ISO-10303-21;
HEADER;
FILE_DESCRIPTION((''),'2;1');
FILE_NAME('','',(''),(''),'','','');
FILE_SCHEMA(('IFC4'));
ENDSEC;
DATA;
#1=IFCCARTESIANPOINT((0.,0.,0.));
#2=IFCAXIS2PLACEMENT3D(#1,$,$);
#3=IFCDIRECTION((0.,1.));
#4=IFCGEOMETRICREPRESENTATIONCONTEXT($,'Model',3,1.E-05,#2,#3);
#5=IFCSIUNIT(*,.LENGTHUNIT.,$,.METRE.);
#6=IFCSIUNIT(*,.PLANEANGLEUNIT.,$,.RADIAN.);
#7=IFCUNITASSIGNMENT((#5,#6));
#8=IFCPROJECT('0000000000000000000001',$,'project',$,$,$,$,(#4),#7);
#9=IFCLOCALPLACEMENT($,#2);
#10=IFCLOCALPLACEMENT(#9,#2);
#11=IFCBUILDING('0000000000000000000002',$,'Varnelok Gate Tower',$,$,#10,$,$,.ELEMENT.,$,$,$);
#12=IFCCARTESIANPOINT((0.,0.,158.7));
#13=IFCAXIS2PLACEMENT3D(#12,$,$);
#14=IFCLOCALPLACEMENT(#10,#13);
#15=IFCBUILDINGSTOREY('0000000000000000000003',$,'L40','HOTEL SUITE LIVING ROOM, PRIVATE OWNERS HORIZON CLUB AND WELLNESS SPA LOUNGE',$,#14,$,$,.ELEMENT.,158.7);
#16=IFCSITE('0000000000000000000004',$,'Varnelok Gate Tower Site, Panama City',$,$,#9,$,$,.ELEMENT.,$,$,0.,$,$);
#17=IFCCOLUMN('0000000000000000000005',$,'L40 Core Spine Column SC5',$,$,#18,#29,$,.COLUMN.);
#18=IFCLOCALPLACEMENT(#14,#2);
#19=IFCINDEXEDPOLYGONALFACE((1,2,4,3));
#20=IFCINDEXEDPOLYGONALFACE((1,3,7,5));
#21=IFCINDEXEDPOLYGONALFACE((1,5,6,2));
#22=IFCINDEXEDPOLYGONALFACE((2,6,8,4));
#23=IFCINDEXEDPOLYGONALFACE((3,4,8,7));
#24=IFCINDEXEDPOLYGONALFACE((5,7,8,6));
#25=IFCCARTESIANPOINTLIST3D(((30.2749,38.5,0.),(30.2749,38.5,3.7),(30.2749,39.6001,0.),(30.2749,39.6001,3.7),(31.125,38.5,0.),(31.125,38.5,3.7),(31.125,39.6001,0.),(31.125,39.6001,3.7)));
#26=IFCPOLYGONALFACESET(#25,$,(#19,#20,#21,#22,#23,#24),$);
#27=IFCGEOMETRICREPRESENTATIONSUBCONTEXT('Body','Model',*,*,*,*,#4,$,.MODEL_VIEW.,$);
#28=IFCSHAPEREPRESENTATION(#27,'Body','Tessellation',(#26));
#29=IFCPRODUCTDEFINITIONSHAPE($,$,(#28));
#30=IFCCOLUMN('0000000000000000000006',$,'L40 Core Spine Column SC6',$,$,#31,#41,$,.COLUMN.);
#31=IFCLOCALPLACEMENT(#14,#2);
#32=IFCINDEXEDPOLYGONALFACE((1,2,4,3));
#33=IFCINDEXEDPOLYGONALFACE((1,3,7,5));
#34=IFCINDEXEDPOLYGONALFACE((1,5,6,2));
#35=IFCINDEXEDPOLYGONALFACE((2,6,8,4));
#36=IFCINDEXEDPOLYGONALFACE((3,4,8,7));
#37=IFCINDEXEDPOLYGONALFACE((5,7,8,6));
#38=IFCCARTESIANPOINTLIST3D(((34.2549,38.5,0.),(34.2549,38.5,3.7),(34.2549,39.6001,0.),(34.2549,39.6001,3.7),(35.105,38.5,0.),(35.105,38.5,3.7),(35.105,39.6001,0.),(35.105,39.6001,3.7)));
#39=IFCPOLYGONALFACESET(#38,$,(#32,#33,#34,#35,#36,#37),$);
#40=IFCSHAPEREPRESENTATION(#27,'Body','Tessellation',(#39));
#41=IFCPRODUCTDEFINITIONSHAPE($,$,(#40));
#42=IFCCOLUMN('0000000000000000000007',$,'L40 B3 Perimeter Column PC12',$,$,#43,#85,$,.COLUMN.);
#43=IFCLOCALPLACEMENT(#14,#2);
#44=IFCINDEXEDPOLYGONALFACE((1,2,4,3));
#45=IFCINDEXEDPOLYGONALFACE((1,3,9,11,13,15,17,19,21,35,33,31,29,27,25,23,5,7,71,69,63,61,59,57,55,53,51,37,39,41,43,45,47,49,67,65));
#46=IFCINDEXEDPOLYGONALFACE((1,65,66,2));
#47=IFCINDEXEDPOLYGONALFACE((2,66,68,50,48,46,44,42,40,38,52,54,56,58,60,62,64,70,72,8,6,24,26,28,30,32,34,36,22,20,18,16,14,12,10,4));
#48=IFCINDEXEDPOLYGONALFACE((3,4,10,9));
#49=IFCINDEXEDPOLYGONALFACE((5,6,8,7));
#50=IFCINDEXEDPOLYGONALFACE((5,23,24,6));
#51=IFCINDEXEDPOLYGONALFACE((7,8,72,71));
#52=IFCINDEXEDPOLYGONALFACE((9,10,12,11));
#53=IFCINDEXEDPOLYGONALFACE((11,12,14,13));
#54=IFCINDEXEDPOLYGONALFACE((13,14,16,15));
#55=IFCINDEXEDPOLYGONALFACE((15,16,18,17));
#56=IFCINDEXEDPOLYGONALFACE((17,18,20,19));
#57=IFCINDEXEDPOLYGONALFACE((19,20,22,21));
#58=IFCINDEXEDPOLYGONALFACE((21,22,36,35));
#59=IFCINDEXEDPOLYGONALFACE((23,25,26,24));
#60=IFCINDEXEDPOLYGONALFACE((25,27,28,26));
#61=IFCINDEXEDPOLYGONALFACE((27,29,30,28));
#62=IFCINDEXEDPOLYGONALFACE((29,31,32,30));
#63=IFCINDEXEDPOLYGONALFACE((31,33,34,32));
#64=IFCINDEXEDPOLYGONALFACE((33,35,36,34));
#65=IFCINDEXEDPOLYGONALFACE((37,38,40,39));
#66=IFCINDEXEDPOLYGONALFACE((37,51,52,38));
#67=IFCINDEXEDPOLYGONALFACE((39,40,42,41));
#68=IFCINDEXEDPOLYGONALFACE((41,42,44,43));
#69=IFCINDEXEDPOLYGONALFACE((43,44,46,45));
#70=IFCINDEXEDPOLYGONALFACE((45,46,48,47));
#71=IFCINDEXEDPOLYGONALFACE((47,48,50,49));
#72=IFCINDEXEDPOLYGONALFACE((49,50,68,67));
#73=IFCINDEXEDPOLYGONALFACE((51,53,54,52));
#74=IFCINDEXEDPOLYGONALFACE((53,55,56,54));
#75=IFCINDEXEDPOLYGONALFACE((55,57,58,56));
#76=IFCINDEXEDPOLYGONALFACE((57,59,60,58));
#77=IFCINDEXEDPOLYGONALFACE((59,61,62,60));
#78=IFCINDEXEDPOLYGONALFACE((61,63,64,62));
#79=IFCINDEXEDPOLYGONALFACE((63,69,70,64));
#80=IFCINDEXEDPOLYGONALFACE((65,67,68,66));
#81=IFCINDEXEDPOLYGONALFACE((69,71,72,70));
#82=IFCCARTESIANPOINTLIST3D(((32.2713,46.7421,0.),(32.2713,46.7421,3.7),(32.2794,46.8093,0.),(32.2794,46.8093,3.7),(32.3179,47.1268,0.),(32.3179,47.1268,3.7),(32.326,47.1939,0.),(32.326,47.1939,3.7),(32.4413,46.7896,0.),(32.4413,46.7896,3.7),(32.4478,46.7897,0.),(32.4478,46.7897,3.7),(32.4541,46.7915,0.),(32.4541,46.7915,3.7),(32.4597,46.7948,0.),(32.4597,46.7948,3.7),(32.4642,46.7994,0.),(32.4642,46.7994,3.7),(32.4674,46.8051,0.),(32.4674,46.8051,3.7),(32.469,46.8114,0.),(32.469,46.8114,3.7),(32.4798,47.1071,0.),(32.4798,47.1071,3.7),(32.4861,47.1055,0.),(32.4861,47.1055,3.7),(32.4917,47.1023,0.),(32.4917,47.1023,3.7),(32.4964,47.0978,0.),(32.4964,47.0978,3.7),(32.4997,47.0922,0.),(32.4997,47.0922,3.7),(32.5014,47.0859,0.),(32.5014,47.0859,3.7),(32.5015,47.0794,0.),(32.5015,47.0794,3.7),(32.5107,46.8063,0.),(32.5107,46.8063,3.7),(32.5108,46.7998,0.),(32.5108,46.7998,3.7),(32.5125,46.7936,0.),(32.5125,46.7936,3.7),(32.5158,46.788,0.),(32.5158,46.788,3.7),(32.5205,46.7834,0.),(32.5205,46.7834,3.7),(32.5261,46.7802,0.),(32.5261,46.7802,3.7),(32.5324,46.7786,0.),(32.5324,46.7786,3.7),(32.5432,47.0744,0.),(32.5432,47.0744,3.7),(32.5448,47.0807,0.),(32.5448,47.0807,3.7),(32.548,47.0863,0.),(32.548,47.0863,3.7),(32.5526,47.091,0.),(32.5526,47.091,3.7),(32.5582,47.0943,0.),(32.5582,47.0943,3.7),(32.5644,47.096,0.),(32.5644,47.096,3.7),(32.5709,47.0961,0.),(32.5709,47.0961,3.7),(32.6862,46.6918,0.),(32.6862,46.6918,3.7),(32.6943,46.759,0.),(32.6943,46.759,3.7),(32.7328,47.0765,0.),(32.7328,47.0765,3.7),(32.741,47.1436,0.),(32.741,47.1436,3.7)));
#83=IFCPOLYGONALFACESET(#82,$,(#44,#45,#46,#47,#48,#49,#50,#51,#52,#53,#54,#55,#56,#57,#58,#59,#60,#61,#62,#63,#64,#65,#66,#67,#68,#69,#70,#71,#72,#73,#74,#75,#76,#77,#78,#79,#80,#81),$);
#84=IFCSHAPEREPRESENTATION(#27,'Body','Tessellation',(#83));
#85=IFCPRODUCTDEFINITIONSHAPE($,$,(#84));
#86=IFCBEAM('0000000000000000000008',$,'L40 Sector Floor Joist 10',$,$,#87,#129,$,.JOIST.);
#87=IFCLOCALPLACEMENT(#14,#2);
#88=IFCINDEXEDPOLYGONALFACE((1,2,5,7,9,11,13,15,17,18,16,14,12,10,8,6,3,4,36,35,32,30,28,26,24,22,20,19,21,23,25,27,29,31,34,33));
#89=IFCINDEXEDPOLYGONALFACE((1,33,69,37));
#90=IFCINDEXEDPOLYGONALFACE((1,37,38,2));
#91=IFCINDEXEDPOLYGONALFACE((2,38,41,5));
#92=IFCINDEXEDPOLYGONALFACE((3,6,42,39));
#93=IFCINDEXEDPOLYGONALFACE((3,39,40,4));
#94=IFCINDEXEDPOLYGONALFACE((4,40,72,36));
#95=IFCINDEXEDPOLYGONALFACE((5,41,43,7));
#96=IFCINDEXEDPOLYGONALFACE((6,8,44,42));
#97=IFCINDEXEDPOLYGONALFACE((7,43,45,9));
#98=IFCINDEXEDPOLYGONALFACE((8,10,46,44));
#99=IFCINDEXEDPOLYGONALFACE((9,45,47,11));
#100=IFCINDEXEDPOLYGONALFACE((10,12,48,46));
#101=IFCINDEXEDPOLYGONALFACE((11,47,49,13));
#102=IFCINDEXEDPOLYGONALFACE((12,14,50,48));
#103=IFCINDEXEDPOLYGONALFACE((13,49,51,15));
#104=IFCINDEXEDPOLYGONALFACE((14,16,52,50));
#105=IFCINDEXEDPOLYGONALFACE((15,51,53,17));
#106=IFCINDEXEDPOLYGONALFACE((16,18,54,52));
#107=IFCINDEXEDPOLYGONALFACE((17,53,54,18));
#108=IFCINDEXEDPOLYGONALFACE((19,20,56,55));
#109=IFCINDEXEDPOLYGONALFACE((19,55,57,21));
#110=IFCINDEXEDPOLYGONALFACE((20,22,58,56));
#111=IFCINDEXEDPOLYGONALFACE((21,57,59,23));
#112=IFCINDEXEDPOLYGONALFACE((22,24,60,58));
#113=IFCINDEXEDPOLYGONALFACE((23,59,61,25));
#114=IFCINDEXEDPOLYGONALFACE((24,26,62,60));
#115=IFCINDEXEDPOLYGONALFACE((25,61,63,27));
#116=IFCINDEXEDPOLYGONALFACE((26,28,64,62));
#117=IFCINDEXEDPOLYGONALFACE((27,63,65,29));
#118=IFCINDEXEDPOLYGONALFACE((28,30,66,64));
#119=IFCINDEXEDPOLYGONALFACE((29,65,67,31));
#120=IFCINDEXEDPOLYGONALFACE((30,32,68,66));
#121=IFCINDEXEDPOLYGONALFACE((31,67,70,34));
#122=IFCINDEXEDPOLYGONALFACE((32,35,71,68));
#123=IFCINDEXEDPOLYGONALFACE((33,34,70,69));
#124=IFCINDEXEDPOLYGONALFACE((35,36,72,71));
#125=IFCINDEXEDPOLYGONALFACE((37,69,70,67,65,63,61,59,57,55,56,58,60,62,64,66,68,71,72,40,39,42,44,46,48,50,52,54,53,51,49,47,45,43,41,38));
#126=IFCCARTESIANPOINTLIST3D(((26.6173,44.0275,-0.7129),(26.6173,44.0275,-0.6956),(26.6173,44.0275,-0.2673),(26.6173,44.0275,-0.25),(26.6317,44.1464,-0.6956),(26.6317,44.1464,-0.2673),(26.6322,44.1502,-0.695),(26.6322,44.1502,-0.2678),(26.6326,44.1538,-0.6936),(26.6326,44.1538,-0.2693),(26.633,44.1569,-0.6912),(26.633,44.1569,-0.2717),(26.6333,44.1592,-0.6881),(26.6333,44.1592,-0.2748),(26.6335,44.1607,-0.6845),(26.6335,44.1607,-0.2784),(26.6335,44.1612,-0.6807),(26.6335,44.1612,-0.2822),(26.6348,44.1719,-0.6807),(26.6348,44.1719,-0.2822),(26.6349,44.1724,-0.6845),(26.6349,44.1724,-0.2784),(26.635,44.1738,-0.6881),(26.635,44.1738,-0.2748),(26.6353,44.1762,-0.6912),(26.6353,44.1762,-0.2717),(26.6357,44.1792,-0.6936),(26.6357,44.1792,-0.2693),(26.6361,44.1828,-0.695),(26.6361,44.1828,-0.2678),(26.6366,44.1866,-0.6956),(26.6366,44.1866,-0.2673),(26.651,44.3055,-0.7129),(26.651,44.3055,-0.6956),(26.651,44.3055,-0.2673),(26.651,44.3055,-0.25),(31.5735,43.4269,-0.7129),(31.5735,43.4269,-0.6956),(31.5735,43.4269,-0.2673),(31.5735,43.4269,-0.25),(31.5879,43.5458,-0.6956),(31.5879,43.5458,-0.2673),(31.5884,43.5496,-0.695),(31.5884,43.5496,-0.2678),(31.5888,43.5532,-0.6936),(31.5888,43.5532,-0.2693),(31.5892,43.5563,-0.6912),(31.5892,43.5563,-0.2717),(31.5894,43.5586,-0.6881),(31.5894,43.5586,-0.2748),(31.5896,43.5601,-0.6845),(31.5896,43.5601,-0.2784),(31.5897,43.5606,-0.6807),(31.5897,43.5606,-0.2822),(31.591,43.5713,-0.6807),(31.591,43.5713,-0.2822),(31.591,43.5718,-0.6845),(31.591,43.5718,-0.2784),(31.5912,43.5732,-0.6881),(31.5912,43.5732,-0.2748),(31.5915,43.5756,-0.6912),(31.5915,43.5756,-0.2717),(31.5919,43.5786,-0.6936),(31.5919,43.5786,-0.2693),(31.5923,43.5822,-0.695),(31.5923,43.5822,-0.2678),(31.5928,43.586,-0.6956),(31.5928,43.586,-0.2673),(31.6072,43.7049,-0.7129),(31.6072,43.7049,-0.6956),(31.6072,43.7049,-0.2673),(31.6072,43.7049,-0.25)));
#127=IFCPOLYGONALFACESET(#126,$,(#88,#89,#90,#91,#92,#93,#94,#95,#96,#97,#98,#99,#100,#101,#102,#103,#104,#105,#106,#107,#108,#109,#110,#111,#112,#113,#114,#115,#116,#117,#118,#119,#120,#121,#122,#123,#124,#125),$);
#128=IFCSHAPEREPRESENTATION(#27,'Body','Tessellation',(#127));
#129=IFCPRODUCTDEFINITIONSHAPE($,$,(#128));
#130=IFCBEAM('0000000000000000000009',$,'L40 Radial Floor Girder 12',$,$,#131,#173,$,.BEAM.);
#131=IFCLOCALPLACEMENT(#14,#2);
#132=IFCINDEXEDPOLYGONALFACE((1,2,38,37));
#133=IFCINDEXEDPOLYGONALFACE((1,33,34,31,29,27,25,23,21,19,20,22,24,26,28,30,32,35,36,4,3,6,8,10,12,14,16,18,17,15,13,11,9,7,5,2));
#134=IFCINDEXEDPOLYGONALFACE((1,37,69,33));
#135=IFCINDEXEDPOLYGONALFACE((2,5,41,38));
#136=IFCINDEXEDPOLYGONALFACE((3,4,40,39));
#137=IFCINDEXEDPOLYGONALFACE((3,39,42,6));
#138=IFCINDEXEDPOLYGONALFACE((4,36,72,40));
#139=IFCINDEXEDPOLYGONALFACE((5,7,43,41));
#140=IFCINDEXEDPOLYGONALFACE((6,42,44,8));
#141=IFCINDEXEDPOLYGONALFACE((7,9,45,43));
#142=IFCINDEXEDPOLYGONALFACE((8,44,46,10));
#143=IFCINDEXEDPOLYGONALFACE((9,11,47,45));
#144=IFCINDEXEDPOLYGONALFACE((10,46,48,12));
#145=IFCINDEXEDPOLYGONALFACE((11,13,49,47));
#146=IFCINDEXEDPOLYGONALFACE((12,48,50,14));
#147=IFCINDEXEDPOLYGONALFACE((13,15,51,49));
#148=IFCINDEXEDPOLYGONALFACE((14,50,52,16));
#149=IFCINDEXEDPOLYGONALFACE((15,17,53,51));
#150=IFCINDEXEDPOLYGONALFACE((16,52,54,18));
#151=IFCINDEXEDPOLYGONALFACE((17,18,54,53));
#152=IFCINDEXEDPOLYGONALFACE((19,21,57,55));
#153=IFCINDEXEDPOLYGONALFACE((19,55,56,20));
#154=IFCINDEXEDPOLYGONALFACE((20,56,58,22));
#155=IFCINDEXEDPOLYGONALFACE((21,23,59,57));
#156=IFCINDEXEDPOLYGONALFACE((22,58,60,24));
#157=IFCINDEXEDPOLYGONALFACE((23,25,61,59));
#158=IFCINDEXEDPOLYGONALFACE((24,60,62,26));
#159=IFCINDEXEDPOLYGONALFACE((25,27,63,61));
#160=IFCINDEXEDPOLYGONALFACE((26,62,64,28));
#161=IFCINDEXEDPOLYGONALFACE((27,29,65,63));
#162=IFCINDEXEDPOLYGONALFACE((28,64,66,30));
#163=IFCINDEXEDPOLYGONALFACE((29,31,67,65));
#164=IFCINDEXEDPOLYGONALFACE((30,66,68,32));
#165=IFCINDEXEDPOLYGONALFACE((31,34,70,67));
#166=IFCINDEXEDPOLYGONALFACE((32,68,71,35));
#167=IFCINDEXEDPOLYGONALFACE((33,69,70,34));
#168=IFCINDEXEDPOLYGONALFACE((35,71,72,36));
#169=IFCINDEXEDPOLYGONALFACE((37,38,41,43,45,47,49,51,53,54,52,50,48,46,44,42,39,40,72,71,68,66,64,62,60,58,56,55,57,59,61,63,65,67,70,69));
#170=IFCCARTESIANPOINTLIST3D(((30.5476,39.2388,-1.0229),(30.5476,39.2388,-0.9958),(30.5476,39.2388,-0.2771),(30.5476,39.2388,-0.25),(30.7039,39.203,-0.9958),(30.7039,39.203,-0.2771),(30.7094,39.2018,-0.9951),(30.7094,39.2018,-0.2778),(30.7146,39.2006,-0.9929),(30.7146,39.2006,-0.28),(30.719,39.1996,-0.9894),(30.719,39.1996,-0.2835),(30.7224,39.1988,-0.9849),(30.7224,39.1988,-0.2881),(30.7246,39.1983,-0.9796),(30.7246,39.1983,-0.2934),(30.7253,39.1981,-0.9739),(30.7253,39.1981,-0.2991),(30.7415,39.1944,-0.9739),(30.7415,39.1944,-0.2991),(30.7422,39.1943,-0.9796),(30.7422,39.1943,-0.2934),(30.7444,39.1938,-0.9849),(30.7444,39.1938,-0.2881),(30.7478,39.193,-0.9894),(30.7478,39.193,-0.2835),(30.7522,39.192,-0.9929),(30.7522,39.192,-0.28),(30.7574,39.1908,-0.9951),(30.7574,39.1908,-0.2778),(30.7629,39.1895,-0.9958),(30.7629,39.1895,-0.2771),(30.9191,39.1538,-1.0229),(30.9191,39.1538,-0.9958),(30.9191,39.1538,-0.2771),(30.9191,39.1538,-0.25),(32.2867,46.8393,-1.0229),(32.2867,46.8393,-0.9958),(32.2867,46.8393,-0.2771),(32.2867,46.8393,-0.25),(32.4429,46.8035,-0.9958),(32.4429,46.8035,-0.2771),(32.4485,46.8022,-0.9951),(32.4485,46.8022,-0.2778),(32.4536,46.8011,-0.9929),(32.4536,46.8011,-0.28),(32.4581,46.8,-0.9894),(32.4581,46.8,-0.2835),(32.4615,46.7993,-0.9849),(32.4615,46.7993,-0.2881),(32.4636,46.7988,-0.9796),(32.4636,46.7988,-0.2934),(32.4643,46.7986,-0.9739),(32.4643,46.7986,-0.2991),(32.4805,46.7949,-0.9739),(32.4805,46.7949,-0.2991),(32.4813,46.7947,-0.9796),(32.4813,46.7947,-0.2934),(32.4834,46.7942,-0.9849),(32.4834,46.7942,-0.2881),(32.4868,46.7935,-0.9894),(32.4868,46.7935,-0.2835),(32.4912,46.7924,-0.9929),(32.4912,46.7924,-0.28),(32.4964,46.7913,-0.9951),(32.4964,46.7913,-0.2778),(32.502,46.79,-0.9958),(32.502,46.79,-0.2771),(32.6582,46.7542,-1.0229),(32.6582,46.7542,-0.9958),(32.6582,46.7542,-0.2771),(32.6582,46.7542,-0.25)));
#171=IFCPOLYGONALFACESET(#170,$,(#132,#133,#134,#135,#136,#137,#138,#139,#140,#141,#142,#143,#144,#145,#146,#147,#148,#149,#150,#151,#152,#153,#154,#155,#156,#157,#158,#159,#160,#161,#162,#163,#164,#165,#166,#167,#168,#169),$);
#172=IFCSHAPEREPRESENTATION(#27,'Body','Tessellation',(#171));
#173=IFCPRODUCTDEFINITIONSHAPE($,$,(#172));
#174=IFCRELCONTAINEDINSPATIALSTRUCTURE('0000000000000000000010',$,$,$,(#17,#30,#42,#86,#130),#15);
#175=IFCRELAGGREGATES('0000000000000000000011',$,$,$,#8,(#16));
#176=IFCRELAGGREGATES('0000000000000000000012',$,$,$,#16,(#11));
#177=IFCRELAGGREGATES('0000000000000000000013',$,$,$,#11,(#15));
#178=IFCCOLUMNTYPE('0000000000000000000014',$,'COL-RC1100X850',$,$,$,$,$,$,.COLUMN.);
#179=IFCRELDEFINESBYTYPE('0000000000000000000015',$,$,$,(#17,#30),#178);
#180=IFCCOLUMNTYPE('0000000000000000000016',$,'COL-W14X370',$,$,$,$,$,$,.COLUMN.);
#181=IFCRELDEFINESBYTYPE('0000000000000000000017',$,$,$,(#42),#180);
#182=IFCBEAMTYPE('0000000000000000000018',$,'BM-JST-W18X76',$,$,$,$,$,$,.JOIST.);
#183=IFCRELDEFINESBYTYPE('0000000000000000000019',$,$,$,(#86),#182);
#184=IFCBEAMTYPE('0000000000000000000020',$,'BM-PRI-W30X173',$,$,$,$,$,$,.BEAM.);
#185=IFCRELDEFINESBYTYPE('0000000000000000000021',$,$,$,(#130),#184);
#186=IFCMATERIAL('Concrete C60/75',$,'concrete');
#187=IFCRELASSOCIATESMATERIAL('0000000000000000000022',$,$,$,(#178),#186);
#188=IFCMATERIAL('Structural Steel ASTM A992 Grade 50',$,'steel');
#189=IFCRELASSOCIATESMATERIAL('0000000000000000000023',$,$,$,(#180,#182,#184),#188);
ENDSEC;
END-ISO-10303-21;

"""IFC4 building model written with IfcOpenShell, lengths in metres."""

from ifc_helpers import new_model, si_unit, direction, frame, origin, origin_2d, place, context, subcontext, project, spatial, rectangle, i_section, extrude, material, material_profile, profile_set, type_object, element, save


model = new_model("IFC4")

# Units and contexts
model_context = context("Model", 3, precision=1e-05, world=origin(), true_north=direction((0.0, 1.0)))
body_context = subcontext(model_context, "Body", "Model", "MODEL_VIEW")
ifc_project = project(units=[si_unit("LENGTHUNIT", "METRE"), si_unit("PLANEANGLEUNIT", "RADIAN")], contexts=[model_context])

# Site, building, storey
site_placement = place(None, origin())
site = spatial("IfcSite", under=ifc_project, at=site_placement, Name="Varnelok Gate Tower Site, Panama City", CompositionType="ELEMENT", RefElevation=0.0)
building_placement = place(site_placement, origin())
building = spatial("IfcBuilding", under=site, at=building_placement, Name="Varnelok Gate Tower", CompositionType="ELEMENT")
storey_placement = place(building_placement, frame((0.0, 0.0, 158.7)))
storey = spatial("IfcBuildingStorey", under=building, at=storey_placement, Name="L40", Description="HOTEL SUITE LIVING ROOM, PRIVATE OWNERS HORIZON CLUB AND WELLNESS SPA LOUNGE", CompositionType="ELEMENT", Elevation=158.7)

# Columns
ifc_material_1 = material(Name="Concrete C60/75", Category="concrete")
ifc_material_profile_1 = material_profile(ifc_material_1, rectangle(XDim=0.8501, YDim=1.1001, at=origin_2d()), Name="RC1100X850")
ifc_profile_set_1 = profile_set([ifc_material_profile_1], Name="Concrete C60/75")
column_type_1 = type_object("IfcColumnType", Name="COL-RC1100X850", PredefinedType="COLUMN", material=ifc_profile_set_1)
for number, where, z_axis, x_axis, name in (
    (1, (30.7, 39.05, 0.0), (0.0, 0.0, 1.0), (1.0, 0.0, 0.0), "L40 Core Spine Column SC5"),
    (2, (34.6799, 39.05, 0.0), (0.0, 0.0, 1.0), (1.0, 0.0, 0.0), "L40 Core Spine Column SC6"),
):
    element("IfcColumn", number, at=place(storey_placement, frame(where, z_axis=z_axis, x_axis=x_axis)), inside=storey, type_object=column_type_1, Name=name, PredefinedType="COLUMN", context=body_context, shape_type="SweptSolid", body=[
        extrude(rectangle(XDim=0.8501, YDim=1.1001, at=origin_2d()), origin(), (0.0, 0.0, 1.0), 3.7),
    ])
ifc_material_2 = material(Name="Structural Steel ASTM A992 Grade 50", Category="steel")
ifc_material_profile_2 = material_profile(ifc_material_2, i_section(OverallWidth=0.418, OverallDepth=0.4551, WebThickness=0.042, FlangeThickness=0.0676, FilletRadius=0.0249, at=origin_2d()), Name="W14X370")
ifc_profile_set_2 = profile_set([ifc_material_profile_2], Name="Structural Steel ASTM A992 Grade 50")
column_type_2 = type_object("IfcColumnType", Name="COL-W14X370", PredefinedType="COLUMN", material=ifc_profile_set_2)
column_placement = place(storey_placement, frame((32.5061, 46.9429, 0.0), z_axis=(0.0, 0.0, 1.0), x_axis=(0.992732, -0.120345, 0.0)))
element("IfcColumn", 3, at=column_placement, inside=storey, type_object=column_type_2, Name="L40 B3 Perimeter Column PC12", PredefinedType="COLUMN", context=body_context, shape_type="SweptSolid", body=[
    extrude(i_section(OverallWidth=0.418, OverallDepth=0.4551, WebThickness=0.042, FlangeThickness=0.0676, FilletRadius=0.0249, at=origin_2d()), origin(), (0.0, 0.0, 1.0), 3.7),
])

# Beams
ifc_material_profile_3 = material_profile(ifc_material_2, i_section(OverallWidth=0.28, OverallDepth=0.4629, WebThickness=0.0107, FlangeThickness=0.0173, FilletRadius=0.0149, at=origin_2d()), Name="W18X76")
ifc_profile_set_3 = profile_set([ifc_material_profile_3], Name="Structural Steel ASTM A992 Grade 50")
beam_type_1 = type_object("IfcBeamType", Name="BM-JST-W18X76", PredefinedType="JOIST", material=ifc_profile_set_3)
beam_1_placement = place(storey_placement, frame((31.5903, 43.5659, -0.4814), z_axis=(-0.992737, 0.120302, 0.0), x_axis=(-0.120302, -0.992737, 0.0)))
element("IfcBeam", 4, at=beam_1_placement, inside=storey, type_object=beam_type_1, Name="L40 Sector Floor Joist 10", PredefinedType="JOIST", context=body_context, shape_type="SweptSolid", body=[
    extrude(i_section(OverallWidth=0.28, OverallDepth=0.4629, WebThickness=0.0107, FlangeThickness=0.0173, FilletRadius=0.0149, at=origin_2d()), origin(), (0.0, 0.0, 1.0), 4.9924),
])
ifc_material_profile_4 = material_profile(ifc_material_2, i_section(OverallWidth=0.3811, OverallDepth=0.7729, WebThickness=0.0166, FlangeThickness=0.0271, FilletRadius=0.022, at=origin_2d()), Name="W30X173")
ifc_profile_set_4 = profile_set([ifc_material_profile_4], Name="Structural Steel ASTM A992 Grade 50")
beam_type_2 = type_object("IfcBeamType", Name="BM-PRI-W30X173", PredefinedType="BEAM", material=ifc_profile_set_4)
beam_2_placement = place(storey_placement, frame((30.7334, 39.1963, -0.6365), z_axis=(0.223043, 0.974809, 0.0), x_axis=(-0.974809, 0.223043, 0.0)))
element("IfcBeam", 5, at=beam_2_placement, inside=storey, type_object=beam_type_2, Name="L40 Radial Floor Girder 12", PredefinedType="BEAM", context=body_context, shape_type="SweptSolid", body=[
    extrude(i_section(OverallWidth=0.3811, OverallDepth=0.7729, WebThickness=0.0166, FlangeThickness=0.0271, FilletRadius=0.022, at=origin_2d()), origin(), (0.0, 0.0, 1.0), 7.7969),
])

save(model, "model.ifc")
